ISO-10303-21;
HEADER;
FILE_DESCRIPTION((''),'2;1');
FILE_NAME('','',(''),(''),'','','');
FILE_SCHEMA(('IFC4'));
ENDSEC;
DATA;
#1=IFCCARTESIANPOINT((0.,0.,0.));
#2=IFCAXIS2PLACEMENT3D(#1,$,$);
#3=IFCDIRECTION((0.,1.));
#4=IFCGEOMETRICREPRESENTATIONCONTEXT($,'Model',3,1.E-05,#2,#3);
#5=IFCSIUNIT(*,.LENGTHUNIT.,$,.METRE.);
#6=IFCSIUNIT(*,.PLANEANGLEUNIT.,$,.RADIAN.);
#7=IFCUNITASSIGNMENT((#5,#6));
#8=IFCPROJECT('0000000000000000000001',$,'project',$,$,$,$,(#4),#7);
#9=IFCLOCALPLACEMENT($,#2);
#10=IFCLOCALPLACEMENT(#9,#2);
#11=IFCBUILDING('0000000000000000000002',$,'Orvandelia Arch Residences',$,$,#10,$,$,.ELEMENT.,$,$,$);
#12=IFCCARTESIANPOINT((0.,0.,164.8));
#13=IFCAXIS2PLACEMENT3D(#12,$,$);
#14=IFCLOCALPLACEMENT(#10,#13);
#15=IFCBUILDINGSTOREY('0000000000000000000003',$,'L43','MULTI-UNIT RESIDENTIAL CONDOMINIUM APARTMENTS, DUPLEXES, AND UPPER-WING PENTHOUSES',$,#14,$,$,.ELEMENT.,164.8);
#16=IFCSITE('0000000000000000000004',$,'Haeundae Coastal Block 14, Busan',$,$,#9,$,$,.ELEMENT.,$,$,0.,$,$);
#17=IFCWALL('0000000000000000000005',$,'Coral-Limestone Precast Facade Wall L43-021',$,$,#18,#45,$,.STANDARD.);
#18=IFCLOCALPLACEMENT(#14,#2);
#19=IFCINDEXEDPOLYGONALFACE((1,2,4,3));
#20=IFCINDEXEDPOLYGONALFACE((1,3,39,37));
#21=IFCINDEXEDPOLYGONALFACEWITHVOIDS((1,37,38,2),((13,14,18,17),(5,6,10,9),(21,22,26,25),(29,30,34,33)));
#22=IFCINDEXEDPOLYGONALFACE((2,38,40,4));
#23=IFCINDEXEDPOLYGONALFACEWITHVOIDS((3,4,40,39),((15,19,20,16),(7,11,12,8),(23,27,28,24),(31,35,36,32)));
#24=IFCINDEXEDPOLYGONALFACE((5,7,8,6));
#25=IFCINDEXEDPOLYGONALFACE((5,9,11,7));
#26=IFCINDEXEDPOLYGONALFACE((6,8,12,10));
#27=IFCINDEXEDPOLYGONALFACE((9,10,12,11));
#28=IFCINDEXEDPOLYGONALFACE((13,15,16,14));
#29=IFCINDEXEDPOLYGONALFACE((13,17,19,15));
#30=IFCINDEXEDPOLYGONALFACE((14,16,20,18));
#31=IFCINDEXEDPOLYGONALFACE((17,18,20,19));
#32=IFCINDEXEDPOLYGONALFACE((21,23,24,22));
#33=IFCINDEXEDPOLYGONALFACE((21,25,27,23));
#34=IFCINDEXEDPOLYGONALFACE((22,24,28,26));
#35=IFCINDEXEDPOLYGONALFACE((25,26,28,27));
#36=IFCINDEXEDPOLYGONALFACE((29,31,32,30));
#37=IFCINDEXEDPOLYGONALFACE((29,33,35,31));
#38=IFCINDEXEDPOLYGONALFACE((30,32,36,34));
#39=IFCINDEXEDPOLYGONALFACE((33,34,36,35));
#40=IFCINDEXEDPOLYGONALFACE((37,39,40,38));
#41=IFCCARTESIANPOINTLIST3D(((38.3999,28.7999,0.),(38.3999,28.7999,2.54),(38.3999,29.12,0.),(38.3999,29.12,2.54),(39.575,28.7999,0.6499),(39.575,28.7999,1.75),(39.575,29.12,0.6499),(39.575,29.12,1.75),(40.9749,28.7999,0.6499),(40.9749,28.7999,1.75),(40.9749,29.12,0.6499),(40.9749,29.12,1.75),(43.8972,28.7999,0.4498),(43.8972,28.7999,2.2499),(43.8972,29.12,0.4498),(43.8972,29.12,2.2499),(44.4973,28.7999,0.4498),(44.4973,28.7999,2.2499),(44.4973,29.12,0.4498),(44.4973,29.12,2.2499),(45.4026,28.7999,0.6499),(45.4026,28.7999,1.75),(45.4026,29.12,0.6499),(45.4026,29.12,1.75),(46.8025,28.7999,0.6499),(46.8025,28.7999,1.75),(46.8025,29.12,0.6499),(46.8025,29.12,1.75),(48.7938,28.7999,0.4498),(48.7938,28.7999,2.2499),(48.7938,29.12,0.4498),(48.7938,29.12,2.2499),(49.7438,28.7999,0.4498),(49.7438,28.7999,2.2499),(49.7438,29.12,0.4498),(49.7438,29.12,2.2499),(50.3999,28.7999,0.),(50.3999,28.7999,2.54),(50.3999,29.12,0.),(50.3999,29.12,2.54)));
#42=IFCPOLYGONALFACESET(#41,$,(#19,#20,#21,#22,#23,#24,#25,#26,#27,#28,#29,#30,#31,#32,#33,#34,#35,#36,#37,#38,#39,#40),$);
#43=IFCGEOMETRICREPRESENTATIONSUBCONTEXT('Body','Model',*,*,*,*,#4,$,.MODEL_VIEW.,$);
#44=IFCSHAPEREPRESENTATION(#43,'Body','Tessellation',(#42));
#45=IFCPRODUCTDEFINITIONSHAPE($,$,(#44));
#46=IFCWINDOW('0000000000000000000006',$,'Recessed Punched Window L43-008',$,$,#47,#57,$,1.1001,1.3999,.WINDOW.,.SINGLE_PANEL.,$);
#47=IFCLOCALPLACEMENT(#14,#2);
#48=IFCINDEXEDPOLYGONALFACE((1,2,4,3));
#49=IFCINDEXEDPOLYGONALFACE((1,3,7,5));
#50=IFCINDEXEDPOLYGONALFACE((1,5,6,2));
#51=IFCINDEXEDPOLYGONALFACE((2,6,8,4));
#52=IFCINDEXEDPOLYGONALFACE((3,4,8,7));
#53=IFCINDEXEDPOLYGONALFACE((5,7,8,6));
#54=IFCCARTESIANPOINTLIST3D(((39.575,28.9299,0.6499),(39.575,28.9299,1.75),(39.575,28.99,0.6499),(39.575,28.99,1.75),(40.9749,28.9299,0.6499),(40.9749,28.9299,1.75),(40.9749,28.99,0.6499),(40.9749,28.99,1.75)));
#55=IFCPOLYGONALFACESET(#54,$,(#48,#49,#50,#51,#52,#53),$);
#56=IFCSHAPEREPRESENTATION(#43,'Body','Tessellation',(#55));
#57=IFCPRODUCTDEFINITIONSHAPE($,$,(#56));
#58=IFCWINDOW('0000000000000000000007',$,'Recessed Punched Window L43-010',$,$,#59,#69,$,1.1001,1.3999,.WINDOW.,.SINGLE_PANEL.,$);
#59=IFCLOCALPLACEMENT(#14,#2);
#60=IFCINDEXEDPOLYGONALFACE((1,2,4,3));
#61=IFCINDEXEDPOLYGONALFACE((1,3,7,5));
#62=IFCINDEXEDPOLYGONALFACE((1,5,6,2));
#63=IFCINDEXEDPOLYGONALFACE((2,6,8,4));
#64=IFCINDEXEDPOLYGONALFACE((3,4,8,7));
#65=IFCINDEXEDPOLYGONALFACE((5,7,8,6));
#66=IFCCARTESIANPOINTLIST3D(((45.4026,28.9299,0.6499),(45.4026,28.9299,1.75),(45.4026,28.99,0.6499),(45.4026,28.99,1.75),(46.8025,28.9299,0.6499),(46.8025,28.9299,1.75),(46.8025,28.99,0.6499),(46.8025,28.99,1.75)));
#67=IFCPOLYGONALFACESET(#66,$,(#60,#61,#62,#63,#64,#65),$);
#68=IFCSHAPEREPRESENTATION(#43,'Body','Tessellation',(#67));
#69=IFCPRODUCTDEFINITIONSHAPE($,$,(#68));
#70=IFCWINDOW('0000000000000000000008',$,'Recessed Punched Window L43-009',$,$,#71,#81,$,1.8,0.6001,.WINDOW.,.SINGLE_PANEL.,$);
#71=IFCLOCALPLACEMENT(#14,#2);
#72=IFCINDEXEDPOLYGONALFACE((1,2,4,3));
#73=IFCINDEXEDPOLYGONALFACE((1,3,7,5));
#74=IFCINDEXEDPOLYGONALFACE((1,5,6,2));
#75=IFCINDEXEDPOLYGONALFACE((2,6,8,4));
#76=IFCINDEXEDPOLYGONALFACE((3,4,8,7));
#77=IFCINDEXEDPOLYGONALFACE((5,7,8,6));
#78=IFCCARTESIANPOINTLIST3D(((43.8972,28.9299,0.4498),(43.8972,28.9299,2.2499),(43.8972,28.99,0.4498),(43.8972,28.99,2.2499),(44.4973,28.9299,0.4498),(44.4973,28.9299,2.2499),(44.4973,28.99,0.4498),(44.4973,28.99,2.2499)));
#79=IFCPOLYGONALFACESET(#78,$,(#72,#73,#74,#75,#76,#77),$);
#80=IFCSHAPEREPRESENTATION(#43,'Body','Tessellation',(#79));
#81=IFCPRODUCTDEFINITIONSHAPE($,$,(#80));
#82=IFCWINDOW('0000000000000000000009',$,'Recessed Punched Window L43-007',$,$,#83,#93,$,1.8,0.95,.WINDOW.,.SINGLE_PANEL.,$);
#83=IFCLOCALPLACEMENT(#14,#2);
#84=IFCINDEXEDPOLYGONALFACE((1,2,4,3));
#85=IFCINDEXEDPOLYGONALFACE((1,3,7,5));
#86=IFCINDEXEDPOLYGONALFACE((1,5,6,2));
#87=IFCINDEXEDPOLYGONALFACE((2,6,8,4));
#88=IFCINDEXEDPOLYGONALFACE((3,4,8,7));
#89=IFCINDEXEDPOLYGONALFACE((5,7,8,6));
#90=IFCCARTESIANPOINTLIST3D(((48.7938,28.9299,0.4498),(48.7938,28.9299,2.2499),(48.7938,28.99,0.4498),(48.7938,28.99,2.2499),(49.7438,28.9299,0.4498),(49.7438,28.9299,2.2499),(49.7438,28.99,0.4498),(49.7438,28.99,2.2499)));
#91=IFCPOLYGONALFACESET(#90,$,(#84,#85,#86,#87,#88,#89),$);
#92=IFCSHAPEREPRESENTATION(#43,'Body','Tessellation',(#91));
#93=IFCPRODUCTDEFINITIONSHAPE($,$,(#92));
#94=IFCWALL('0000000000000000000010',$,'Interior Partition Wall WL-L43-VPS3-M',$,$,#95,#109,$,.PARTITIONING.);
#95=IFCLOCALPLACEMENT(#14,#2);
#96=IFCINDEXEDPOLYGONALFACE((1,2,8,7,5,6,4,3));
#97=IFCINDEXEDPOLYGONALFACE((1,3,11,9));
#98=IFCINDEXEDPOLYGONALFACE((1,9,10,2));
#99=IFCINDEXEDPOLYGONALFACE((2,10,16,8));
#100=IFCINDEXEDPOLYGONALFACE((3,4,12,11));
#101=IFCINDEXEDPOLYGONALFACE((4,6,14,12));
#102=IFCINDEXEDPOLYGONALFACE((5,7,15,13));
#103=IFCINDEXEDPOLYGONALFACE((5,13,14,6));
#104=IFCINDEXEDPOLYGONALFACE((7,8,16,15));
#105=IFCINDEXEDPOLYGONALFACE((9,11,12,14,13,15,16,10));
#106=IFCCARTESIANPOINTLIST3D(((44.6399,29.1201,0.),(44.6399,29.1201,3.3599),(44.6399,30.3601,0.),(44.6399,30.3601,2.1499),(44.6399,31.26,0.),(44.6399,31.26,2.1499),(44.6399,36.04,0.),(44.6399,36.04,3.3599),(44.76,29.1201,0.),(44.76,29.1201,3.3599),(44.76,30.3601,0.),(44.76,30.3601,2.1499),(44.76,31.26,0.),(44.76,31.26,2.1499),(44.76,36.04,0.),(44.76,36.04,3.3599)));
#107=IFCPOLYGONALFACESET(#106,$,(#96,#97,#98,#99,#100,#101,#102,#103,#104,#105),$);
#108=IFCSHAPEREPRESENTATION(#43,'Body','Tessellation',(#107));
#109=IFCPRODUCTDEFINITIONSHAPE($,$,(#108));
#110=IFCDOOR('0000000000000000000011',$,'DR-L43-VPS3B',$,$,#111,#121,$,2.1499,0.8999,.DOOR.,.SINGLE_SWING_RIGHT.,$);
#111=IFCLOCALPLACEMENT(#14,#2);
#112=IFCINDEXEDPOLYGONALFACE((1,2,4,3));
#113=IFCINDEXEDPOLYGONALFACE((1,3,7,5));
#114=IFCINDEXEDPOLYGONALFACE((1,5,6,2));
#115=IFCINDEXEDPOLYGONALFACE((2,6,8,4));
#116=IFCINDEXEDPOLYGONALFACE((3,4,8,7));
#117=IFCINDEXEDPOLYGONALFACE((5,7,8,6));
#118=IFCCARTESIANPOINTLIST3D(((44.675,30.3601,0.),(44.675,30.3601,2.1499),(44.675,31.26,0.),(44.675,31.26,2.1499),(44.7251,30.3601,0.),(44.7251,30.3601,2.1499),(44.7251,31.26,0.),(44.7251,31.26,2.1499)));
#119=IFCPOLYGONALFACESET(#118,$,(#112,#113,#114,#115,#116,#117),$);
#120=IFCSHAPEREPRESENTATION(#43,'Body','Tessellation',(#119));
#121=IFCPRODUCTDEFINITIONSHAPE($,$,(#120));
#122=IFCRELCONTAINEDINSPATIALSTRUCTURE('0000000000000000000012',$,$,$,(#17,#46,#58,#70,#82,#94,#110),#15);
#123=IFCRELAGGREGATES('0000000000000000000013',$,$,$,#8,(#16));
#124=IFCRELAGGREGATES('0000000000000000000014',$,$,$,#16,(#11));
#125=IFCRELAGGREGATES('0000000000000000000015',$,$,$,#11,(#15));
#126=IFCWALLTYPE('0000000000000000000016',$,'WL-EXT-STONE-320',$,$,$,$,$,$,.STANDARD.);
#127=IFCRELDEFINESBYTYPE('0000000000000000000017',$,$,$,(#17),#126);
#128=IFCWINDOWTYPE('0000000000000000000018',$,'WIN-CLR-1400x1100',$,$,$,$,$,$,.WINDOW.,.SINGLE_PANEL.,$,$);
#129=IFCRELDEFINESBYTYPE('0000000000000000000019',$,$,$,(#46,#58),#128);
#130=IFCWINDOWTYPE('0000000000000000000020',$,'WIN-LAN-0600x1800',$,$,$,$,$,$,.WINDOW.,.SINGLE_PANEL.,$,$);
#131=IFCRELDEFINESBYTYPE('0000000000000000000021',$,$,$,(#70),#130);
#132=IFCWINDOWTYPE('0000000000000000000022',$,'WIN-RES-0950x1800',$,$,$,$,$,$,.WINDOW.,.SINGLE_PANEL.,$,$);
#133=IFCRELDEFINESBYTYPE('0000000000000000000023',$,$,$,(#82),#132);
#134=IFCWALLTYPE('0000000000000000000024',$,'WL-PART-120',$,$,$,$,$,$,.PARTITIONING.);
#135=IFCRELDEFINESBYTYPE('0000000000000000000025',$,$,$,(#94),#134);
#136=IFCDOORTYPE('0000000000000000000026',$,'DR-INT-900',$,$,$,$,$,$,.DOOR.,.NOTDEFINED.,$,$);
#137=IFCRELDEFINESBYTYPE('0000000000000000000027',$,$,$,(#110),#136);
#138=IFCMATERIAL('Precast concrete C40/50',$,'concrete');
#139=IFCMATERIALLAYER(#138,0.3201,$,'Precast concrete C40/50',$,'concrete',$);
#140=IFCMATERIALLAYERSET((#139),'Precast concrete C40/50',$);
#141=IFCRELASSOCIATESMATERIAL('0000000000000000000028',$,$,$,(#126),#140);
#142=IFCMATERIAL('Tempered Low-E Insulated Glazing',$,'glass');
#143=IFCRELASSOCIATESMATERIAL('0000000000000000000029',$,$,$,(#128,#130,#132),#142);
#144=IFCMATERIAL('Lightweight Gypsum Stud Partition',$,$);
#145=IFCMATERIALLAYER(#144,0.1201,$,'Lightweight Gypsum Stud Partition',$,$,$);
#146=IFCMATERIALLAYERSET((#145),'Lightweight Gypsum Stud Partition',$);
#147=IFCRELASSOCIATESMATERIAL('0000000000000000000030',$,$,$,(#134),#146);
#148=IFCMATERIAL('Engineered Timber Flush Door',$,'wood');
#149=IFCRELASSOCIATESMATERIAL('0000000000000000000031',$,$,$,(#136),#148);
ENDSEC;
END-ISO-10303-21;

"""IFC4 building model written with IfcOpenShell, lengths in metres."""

from ifc_helpers import new_model, si_unit, direction, frame, frame_2d, origin, place, context, subcontext, project, spatial, rectangle, extrude, material, layer, layer_set, type_object, element, fill, save


model = new_model("IFC4")

# Units and contexts
model_context = context("Model", 3, precision=1e-05, world=origin(), true_north=direction((0.0, 1.0)))
body_context = subcontext(model_context, "Body", "Model", "MODEL_VIEW")
ifc_project = project(units=[si_unit("LENGTHUNIT", "METRE"), si_unit("PLANEANGLEUNIT", "RADIAN")], contexts=[model_context])

# Site, building, storey
site_placement = place(None, origin())
site = spatial("IfcSite", under=ifc_project, at=site_placement, Name="Haeundae Coastal Block 14, Busan", CompositionType="ELEMENT", RefElevation=0.0)
building_placement = place(site_placement, origin())
building = spatial("IfcBuilding", under=site, at=building_placement, Name="Orvandelia Arch Residences", CompositionType="ELEMENT")
storey_placement = place(building_placement, frame((0.0, 0.0, 164.8)))
storey = spatial("IfcBuildingStorey", under=building, at=storey_placement, Name="L43", Description="MULTI-UNIT RESIDENTIAL CONDOMINIUM APARTMENTS, DUPLEXES, AND UPPER-WING PENTHOUSES", CompositionType="ELEMENT", Elevation=164.8)

# Shared definitions
ifc_material_1 = material(Name="Precast concrete C40/50", Category="concrete")
ifc_layer_1 = layer(ifc_material_1, 0.3201, Name="Precast concrete C40/50", Category="concrete")
ifc_layer_set_1 = layer_set([ifc_layer_1], Name="Precast concrete C40/50")
wall_type_1 = type_object("IfcWallType", Name="WL-EXT-STONE-320", PredefinedType="STANDARD", material=ifc_layer_set_1)

# Wall, openings, windows
wall_1_placement = place(storey_placement, frame((50.3999, 28.96, 0.0), z_axis=(0.0, 0.0, 1.0), x_axis=(-1.0, 0.0, 0.0)))
wall_1 = element("IfcWall", 1, at=wall_1_placement, inside=storey, type_object=wall_type_1, Name="Coral-Limestone Precast Facade Wall L43-021", PredefinedType="STANDARD", context=body_context, shape_type="SweptSolid", body=[
    extrude(rectangle(XDim=12.0, YDim=0.3201, at=frame_2d((6.0, 0.0))), origin(), (0.0, 0.0, 1.0), 2.54),
])
opening_1_placement = place(wall_1_placement, frame((0.656, 0.0, 0.45)))
opening_1 = element("IfcOpeningElement", 2, at=opening_1_placement, cuts=wall_1, PredefinedType="OPENING", context=body_context, shape_type="SweptSolid", body=[
    extrude(rectangle(XDim=0.95, YDim=1.8, at=frame_2d((0.4751, 0.8999))), frame((0.0, 0.1699, 0.0), z_axis=(0.0, -1.0, 0.0), x_axis=(1.0, 0.0, 0.0)), (0.0, 0.0, 1.0), 0.3401),
])
opening_2_placement = place(wall_1_placement, frame((9.425, 0.0, 0.6499)))
opening_2 = element("IfcOpeningElement", 3, at=opening_2_placement, cuts=wall_1, PredefinedType="OPENING", context=body_context, shape_type="SweptSolid", body=[
    extrude(rectangle(XDim=1.3999, YDim=1.1001, at=frame_2d((0.7, 0.55))), frame((0.0, 0.1699, 0.0), z_axis=(0.0, -1.0, 0.0), x_axis=(1.0, 0.0, 0.0)), (0.0, 0.0, 1.0), 0.3401),
])
opening_3_placement = place(wall_1_placement, frame((5.9026, 0.0, 0.45)))
opening_3 = element("IfcOpeningElement", 4, at=opening_3_placement, cuts=wall_1, PredefinedType="OPENING", context=body_context, shape_type="SweptSolid", body=[
    extrude(rectangle(XDim=0.6001, YDim=1.8, at=frame_2d((0.3, 0.8999))), frame((0.0, 0.1699, 0.0), z_axis=(0.0, -1.0, 0.0), x_axis=(1.0, 0.0, 0.0)), (0.0, 0.0, 1.0), 0.3401),
])
opening_4_placement = place(wall_1_placement, frame((3.5974, 0.0, 0.6499)))
opening_4 = element("IfcOpeningElement", 5, at=opening_4_placement, cuts=wall_1, PredefinedType="OPENING", context=body_context, shape_type="SweptSolid", body=[
    extrude(rectangle(XDim=1.3999, YDim=1.1001, at=frame_2d((0.7, 0.55))), frame((0.0, 0.1699, 0.0), z_axis=(0.0, -1.0, 0.0), x_axis=(1.0, 0.0, 0.0)), (0.0, 0.0, 1.0), 0.3401),
])
ifc_material_2 = material(Name="Tempered Low-E Insulated Glazing", Category="glass")
window_type_1 = type_object("IfcWindowType", Name="WIN-CLR-1400x1100", PartitioningType="SINGLE_PANEL", PredefinedType="WINDOW", material=ifc_material_2)
window_1_placement = place(opening_2_placement, origin())
window_1 = element("IfcWindow", 6, at=window_1_placement, inside=storey, type_object=window_type_1, Name="Recessed Punched Window L43-008", OverallHeight=1.1001, OverallWidth=1.3999, PartitioningType="SINGLE_PANEL", PredefinedType="WINDOW", context=body_context, shape_type="SweptSolid", body=[
    extrude(rectangle(XDim=1.3999, YDim=1.1001, at=frame_2d((0.7, 0.55))), frame((0.0, 0.03, 0.0), z_axis=(0.0, -1.0, 0.0), x_axis=(1.0, 0.0, 0.0)), (0.0, 0.0, 1.0), 0.0601),
])
fill(opening_2, window_1)
window_2_placement = place(opening_4_placement, origin())
window_2 = element("IfcWindow", 7, at=window_2_placement, inside=storey, type_object=window_type_1, Name="Recessed Punched Window L43-010", OverallHeight=1.1001, OverallWidth=1.3999, PartitioningType="SINGLE_PANEL", PredefinedType="WINDOW", context=body_context, shape_type="SweptSolid", body=[
    extrude(rectangle(XDim=1.3999, YDim=1.1001, at=frame_2d((0.7, 0.55))), frame((0.0, 0.03, 0.0), z_axis=(0.0, -1.0, 0.0), x_axis=(1.0, 0.0, 0.0)), (0.0, 0.0, 1.0), 0.0601),
])
fill(opening_4, window_2)
window_type_2 = type_object("IfcWindowType", Name="WIN-LAN-0600x1800", PartitioningType="SINGLE_PANEL", PredefinedType="WINDOW", material=ifc_material_2)
window_3_placement = place(opening_3_placement, origin())
window_3 = element("IfcWindow", 8, at=window_3_placement, inside=storey, type_object=window_type_2, Name="Recessed Punched Window L43-009", OverallHeight=1.8, OverallWidth=0.6001, PartitioningType="SINGLE_PANEL", PredefinedType="WINDOW", context=body_context, shape_type="SweptSolid", body=[
    extrude(rectangle(XDim=0.6001, YDim=1.8, at=frame_2d((0.3, 0.8999))), frame((0.0, 0.03, 0.0), z_axis=(0.0, -1.0, 0.0), x_axis=(1.0, 0.0, 0.0)), (0.0, 0.0, 1.0), 0.0601),
])
fill(opening_3, window_3)
window_type_3 = type_object("IfcWindowType", Name="WIN-RES-0950x1800", PartitioningType="SINGLE_PANEL", PredefinedType="WINDOW", material=ifc_material_2)
window_4_placement = place(opening_1_placement, origin())
window_4 = element("IfcWindow", 9, at=window_4_placement, inside=storey, type_object=window_type_3, Name="Recessed Punched Window L43-007", OverallHeight=1.8, OverallWidth=0.95, PartitioningType="SINGLE_PANEL", PredefinedType="WINDOW", context=body_context, shape_type="SweptSolid", body=[
    extrude(rectangle(XDim=0.95, YDim=1.8, at=frame_2d((0.4751, 0.8999))), frame((0.0, 0.03, 0.0), z_axis=(0.0, -1.0, 0.0), x_axis=(1.0, 0.0, 0.0)), (0.0, 0.0, 1.0), 0.0601),
])
fill(opening_1, window_4)

# Wall, opening, door
ifc_material_3 = material(Name="Lightweight Gypsum Stud Partition")
ifc_layer_2 = layer(ifc_material_3, 0.1201, Name="Lightweight Gypsum Stud Partition")
ifc_layer_set_2 = layer_set([ifc_layer_2], Name="Lightweight Gypsum Stud Partition")
wall_type_2 = type_object("IfcWallType", Name="WL-PART-120", PredefinedType="PARTITIONING", material=ifc_layer_set_2)
wall_2_placement = place(storey_placement, frame((44.7, 29.1201, 0.0), z_axis=(0.0, 0.0, 1.0), x_axis=(0.0, 1.0, 0.0)))
wall_2 = element("IfcWall", 10, at=wall_2_placement, inside=storey, type_object=wall_type_2, Name="Interior Partition Wall WL-L43-VPS3-M", PredefinedType="PARTITIONING", context=body_context, shape_type="SweptSolid", body=[
    extrude(rectangle(XDim=6.9199, YDim=0.1201, at=frame_2d((3.46, 0.0))), origin(), (0.0, 0.0, 1.0), 3.3599),
])
opening_5_placement = place(wall_2_placement, frame((1.24, 0.0, 0.0)))
opening_5 = element("IfcOpeningElement", 11, at=opening_5_placement, cuts=wall_2, PredefinedType="OPENING", context=body_context, shape_type="SweptSolid", body=[
    extrude(rectangle(XDim=0.8999, YDim=2.1499, at=frame_2d((0.45, 1.075))), frame((0.0, 0.0701, 0.0), z_axis=(0.0, -1.0, 0.0), x_axis=(1.0, 0.0, 0.0)), (0.0, 0.0, 1.0), 0.1401),
])
ifc_material_4 = material(Name="Engineered Timber Flush Door", Category="wood")
door_type_1 = type_object("IfcDoorType", Name="DR-INT-900", OperationType="NOTDEFINED", PredefinedType="DOOR", material=ifc_material_4)
door_1_placement = place(opening_5_placement, origin())
door_1 = element("IfcDoor", 12, at=door_1_placement, inside=storey, type_object=door_type_1, Name="DR-L43-VPS3B", OperationType="SINGLE_SWING_RIGHT", OverallHeight=2.1499, OverallWidth=0.8999, PredefinedType="DOOR", context=body_context, shape_type="SweptSolid", body=[
    extrude(rectangle(XDim=0.8999, YDim=2.1499, at=frame_2d((0.45, 1.075))), frame((0.0, 0.0249, 0.0), z_axis=(0.0, -1.0, 0.0), x_axis=(1.0, 0.0, 0.0)), (0.0, 0.0, 1.0), 0.05),
])
fill(opening_5, door_1)

save(model, "model.ifc")
